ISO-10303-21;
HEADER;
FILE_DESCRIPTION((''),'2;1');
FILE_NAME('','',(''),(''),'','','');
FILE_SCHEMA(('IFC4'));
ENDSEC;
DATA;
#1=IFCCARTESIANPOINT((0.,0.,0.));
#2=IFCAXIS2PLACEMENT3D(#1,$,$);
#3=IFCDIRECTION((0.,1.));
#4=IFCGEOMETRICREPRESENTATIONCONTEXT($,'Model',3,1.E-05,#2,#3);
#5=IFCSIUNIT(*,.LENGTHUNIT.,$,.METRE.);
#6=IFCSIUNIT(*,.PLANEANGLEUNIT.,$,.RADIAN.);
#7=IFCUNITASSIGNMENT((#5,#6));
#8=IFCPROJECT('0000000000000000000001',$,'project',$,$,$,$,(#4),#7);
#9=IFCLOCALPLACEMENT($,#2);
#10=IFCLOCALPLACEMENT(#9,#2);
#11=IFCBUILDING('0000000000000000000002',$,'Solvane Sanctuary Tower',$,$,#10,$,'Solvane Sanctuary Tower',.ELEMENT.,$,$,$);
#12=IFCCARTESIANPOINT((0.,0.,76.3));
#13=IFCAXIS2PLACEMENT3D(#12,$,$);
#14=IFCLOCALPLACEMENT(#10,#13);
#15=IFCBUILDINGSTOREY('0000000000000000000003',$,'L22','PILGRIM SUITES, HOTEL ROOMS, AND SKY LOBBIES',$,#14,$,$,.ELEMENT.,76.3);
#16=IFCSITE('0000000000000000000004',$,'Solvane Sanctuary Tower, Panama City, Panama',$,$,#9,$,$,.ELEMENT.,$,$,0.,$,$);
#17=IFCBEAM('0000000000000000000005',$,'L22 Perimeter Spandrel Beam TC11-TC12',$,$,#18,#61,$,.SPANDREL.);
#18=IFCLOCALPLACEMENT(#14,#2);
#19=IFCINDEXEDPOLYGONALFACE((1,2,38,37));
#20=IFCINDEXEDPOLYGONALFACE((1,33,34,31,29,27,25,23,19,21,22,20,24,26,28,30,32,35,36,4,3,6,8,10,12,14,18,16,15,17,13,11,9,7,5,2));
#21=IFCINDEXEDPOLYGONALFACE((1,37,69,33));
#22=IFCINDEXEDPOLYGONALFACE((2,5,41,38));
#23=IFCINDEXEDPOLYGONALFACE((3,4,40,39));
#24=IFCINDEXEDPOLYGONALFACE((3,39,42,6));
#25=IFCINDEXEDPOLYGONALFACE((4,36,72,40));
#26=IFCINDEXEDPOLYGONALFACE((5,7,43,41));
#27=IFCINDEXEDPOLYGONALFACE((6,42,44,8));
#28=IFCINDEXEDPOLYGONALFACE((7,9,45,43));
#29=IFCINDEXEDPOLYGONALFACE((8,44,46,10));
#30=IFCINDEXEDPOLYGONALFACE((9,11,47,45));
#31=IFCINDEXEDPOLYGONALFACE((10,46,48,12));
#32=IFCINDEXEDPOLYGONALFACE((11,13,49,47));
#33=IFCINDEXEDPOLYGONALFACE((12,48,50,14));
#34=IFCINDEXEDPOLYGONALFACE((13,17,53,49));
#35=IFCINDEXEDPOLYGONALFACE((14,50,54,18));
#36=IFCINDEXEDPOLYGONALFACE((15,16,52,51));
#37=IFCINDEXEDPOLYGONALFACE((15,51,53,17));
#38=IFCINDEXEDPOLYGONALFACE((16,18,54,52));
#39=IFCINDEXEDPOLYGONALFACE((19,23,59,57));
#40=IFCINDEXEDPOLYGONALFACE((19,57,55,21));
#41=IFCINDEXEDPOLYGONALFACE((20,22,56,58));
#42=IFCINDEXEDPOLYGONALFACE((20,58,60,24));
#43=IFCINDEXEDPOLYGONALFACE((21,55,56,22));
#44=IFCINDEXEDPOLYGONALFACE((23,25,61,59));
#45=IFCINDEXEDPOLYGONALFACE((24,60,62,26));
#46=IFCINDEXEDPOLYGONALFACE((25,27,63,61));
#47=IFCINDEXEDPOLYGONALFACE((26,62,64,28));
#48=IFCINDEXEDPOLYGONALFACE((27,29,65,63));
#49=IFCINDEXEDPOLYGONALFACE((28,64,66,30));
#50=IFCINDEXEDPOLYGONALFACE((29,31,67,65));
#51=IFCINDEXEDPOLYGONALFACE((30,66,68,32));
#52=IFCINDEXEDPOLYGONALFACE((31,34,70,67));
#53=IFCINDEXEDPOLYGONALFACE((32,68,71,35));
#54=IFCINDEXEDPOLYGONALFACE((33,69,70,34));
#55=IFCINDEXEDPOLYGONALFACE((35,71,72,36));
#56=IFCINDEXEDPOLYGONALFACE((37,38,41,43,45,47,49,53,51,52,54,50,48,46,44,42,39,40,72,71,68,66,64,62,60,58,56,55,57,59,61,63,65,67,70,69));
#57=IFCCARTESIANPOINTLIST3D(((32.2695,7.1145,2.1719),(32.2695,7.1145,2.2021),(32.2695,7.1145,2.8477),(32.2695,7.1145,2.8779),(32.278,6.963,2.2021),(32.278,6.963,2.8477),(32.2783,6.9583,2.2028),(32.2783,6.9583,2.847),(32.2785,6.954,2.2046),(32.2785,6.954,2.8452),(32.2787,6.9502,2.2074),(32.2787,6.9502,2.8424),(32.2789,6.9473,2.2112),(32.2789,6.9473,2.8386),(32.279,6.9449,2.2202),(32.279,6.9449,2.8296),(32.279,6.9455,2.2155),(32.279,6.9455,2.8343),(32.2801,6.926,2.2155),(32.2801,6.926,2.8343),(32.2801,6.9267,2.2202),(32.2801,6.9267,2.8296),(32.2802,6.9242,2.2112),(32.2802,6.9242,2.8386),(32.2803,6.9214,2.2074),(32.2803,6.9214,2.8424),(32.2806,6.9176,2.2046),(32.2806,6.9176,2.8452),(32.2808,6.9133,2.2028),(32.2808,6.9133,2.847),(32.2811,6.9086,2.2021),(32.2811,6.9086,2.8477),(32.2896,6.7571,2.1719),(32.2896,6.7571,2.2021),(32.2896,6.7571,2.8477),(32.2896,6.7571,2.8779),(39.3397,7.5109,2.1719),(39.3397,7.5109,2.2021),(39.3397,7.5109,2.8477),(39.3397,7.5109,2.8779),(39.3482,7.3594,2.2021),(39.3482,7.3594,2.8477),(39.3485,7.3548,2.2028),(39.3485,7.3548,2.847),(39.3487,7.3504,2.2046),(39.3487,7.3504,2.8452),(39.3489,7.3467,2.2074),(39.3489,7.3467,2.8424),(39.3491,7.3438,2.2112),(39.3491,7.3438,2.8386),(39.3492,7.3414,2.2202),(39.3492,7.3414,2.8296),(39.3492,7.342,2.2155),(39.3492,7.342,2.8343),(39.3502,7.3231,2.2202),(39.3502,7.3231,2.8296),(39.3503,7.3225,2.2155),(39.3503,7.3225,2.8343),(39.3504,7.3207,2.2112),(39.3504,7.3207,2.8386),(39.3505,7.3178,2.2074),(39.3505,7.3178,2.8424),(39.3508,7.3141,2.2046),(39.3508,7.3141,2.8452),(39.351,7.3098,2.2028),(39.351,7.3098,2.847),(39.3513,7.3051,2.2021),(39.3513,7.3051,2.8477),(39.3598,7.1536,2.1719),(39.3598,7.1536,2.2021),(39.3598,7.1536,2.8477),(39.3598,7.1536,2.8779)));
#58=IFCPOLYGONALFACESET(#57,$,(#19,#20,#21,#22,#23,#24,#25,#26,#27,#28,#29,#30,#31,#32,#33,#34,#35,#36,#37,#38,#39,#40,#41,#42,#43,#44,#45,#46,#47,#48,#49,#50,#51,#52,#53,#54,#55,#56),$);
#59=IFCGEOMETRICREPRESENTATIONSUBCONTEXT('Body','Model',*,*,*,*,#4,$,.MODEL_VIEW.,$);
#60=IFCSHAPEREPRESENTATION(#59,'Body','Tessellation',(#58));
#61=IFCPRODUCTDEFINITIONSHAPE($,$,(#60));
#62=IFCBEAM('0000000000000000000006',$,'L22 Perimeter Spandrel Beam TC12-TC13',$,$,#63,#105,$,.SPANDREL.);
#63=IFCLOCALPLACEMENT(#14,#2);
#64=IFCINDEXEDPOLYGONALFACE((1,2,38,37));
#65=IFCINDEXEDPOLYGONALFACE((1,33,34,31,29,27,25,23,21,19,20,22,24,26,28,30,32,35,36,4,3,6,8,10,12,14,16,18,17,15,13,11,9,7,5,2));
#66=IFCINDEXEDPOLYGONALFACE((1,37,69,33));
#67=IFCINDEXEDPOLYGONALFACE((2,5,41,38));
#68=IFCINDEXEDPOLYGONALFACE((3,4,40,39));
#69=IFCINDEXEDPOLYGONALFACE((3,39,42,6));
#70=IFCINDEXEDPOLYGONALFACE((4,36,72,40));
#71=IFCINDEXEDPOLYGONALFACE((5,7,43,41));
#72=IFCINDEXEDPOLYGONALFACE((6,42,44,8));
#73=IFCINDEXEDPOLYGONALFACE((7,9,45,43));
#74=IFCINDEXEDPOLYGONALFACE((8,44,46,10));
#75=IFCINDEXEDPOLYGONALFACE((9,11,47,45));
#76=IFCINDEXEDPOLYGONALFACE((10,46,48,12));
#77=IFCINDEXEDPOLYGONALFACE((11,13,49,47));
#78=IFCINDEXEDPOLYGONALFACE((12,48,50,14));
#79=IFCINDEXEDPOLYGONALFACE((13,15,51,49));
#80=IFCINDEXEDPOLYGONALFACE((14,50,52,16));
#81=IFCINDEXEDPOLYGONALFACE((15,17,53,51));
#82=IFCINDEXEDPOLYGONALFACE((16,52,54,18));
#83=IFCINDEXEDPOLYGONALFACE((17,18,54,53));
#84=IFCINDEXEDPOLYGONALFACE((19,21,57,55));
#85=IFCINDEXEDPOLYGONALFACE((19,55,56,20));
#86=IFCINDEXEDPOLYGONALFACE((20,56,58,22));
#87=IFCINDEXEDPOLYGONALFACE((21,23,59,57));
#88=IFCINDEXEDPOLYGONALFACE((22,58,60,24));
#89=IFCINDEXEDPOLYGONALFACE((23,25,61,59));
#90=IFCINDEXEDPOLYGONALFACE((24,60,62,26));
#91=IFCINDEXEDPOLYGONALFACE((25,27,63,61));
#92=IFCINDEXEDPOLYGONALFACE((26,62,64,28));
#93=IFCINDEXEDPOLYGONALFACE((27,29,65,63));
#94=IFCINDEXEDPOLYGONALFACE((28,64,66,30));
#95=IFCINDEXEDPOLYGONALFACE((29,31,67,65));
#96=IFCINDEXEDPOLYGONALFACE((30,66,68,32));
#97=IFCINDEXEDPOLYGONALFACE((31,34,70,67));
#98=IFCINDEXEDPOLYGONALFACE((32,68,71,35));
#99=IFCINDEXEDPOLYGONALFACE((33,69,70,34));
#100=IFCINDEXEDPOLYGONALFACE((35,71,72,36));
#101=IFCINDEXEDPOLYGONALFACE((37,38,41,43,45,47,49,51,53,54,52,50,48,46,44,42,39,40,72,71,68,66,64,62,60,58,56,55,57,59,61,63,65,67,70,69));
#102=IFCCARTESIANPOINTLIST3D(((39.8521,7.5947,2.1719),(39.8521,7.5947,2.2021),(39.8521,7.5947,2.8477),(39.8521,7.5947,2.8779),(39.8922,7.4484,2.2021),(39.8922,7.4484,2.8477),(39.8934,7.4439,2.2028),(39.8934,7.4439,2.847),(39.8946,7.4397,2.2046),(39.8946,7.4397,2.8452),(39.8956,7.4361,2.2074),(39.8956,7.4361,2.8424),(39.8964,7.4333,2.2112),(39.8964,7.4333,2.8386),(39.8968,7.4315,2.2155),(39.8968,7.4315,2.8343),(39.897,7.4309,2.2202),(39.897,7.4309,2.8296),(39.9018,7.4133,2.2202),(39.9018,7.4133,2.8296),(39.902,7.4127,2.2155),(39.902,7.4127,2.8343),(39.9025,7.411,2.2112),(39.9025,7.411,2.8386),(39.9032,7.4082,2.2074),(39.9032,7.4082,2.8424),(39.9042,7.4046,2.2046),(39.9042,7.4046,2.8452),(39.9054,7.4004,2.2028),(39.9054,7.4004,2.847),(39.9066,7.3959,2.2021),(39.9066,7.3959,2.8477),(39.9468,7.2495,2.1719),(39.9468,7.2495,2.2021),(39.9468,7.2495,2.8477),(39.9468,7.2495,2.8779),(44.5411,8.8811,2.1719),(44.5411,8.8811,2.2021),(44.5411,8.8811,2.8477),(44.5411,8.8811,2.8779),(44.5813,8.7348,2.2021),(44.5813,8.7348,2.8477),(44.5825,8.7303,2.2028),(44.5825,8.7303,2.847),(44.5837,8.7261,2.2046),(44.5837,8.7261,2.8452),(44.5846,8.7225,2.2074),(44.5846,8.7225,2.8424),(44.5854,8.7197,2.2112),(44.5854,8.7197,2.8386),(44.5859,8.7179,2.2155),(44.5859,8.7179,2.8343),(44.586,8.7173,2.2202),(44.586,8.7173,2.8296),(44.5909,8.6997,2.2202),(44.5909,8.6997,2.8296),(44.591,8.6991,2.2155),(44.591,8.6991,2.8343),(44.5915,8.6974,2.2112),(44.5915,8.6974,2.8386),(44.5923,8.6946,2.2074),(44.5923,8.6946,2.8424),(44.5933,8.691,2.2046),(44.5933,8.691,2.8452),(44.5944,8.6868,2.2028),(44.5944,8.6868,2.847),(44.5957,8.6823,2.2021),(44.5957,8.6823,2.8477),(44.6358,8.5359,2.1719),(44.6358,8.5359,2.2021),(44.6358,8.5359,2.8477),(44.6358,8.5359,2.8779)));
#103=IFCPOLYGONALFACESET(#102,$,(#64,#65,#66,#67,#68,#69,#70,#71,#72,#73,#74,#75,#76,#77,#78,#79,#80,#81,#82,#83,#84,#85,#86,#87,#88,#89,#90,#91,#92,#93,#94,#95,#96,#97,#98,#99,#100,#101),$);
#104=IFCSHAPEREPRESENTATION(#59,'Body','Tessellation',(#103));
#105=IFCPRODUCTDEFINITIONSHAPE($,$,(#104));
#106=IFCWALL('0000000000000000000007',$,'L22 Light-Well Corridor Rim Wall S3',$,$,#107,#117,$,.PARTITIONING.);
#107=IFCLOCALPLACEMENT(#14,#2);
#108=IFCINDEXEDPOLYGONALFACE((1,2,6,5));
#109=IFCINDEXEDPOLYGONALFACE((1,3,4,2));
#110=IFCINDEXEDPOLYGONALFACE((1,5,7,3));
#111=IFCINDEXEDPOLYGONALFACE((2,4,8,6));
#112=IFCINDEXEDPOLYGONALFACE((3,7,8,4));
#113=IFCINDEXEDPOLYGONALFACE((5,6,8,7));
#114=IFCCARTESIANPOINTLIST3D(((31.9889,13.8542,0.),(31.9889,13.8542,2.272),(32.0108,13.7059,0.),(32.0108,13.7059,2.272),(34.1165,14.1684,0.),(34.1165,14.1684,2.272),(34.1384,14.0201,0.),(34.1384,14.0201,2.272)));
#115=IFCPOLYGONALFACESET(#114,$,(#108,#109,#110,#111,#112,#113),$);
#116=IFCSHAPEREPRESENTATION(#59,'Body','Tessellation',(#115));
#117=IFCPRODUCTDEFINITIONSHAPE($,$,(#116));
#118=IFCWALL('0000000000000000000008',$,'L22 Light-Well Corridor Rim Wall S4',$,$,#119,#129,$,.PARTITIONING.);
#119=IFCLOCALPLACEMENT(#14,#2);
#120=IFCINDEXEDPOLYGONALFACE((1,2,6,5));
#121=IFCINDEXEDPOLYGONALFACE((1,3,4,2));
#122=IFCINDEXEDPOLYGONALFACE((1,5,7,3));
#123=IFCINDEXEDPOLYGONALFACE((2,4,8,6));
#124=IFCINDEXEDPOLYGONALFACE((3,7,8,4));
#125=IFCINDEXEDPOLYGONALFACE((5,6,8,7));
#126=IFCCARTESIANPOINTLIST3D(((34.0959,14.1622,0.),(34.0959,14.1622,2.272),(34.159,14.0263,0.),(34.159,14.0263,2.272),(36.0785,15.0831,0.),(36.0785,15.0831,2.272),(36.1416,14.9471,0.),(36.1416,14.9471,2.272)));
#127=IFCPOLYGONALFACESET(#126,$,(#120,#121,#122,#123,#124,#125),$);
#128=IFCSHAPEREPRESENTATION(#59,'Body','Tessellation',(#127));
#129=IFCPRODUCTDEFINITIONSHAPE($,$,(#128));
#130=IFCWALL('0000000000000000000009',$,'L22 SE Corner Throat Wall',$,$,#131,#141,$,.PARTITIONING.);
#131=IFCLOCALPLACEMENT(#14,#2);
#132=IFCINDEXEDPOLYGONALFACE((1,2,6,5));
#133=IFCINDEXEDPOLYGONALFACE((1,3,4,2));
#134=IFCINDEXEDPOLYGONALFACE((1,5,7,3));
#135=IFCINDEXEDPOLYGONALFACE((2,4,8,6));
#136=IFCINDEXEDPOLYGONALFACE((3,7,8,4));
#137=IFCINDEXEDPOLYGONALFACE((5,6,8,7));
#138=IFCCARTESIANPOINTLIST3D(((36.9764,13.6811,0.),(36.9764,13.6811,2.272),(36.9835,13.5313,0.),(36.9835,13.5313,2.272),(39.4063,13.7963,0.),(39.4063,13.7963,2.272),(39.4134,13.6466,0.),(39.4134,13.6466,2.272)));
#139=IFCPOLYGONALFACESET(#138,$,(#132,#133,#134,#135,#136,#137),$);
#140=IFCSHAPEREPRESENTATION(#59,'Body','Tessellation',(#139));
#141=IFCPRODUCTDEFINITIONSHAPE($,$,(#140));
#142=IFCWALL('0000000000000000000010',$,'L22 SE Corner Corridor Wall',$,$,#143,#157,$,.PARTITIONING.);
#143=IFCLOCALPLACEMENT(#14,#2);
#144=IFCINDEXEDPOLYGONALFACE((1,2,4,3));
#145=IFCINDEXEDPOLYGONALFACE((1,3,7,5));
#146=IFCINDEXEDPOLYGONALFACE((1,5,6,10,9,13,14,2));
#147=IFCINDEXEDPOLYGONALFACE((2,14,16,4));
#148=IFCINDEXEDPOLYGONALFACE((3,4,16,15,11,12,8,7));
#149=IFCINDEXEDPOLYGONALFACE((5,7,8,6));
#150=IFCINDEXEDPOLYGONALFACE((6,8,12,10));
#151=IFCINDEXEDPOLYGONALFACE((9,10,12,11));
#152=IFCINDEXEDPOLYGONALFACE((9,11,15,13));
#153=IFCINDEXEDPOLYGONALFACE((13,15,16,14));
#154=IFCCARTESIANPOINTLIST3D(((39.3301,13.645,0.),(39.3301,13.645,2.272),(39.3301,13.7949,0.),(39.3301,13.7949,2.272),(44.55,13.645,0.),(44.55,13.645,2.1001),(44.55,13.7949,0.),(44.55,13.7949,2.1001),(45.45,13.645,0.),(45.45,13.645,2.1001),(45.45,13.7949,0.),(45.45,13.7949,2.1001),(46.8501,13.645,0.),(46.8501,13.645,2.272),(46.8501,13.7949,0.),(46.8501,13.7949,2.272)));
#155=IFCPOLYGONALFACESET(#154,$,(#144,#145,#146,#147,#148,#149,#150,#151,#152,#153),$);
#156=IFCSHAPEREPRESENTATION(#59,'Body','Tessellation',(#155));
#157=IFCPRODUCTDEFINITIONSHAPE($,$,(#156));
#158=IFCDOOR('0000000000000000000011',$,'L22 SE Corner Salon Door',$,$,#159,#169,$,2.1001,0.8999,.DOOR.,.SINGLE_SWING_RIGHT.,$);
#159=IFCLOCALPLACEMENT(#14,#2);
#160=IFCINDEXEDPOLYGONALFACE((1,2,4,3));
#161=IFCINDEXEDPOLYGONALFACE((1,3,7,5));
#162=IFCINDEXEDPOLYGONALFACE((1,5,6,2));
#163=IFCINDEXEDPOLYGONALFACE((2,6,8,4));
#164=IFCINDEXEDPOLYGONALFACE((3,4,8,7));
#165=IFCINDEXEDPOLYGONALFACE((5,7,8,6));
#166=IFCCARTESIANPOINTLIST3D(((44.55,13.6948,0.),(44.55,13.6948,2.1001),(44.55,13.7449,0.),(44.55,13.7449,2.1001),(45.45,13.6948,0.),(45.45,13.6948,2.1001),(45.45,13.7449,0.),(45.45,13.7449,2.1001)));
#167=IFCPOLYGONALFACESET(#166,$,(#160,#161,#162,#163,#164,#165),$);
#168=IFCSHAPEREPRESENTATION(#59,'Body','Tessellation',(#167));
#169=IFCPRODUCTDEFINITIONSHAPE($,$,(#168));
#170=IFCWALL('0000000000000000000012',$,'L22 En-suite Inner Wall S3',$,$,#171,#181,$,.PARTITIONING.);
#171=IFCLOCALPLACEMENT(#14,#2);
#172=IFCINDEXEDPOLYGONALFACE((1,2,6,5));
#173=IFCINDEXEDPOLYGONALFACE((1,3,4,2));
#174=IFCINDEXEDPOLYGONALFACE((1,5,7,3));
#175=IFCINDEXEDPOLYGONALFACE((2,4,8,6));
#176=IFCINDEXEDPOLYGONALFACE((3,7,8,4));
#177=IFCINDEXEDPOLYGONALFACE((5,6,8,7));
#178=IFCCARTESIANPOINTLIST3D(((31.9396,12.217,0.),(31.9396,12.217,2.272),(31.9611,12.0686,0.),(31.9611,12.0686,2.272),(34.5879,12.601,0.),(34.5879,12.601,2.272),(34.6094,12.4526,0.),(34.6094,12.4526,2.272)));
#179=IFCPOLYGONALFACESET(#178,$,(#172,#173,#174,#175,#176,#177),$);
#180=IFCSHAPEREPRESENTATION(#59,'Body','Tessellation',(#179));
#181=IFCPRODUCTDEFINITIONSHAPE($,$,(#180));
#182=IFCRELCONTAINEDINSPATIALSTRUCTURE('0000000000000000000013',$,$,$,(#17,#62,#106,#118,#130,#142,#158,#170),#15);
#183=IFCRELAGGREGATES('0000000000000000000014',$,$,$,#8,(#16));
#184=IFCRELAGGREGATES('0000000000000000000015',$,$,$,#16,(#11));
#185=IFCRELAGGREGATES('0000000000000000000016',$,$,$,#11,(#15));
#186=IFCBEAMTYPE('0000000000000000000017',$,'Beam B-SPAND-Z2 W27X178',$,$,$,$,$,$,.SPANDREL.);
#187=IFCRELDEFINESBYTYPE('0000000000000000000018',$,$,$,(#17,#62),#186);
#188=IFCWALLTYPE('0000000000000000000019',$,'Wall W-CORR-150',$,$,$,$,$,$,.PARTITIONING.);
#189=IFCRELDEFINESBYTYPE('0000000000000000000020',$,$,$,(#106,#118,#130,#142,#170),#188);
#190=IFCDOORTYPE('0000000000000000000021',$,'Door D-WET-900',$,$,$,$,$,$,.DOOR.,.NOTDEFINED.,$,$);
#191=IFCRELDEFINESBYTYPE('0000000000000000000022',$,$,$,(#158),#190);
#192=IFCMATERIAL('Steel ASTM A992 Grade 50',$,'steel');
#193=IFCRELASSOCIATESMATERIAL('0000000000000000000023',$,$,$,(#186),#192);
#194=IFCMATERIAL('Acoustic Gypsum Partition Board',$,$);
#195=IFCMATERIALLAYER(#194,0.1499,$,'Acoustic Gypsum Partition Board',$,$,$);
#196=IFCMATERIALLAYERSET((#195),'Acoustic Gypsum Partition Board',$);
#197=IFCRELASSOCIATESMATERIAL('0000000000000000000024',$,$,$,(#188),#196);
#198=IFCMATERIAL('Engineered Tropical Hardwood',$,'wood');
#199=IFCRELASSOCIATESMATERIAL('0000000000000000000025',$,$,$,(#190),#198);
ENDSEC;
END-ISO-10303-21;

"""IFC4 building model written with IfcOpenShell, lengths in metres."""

from ifc_helpers import new_model, si_unit, direction, frame, frame_2d, origin, origin_2d, place, context, subcontext, project, spatial, rectangle, i_section, extrude, material, layer, layer_set, material_profile, profile_set, type_object, element, fill, save


model = new_model("IFC4")

# Units and contexts
model_context = context("Model", 3, precision=1e-05, world=origin(), true_north=direction((0.0, 1.0)))
body_context = subcontext(model_context, "Body", "Model", "MODEL_VIEW")
ifc_project = project(units=[si_unit("LENGTHUNIT", "METRE"), si_unit("PLANEANGLEUNIT", "RADIAN")], contexts=[model_context])

# Site, building, storey
site_placement = place(None, origin())
site = spatial("IfcSite", under=ifc_project, at=site_placement, Name="Solvane Sanctuary Tower, Panama City, Panama", CompositionType="ELEMENT", RefElevation=0.0)
building_placement = place(site_placement, origin())
building = spatial("IfcBuilding", under=site, at=building_placement, Name="Solvane Sanctuary Tower", LongName="Solvane Sanctuary Tower", CompositionType="ELEMENT")
storey_placement = place(building_placement, frame((0.0, 0.0, 76.3)))
storey = spatial("IfcBuildingStorey", under=building, at=storey_placement, Name="L22", Description="PILGRIM SUITES, HOTEL ROOMS, AND SKY LOBBIES", CompositionType="ELEMENT", Elevation=76.3)

# Beams
ifc_material_1 = material(Name="Steel ASTM A992 Grade 50", Category="steel")
ifc_material_profile_1 = material_profile(ifc_material_1, i_section(OverallWidth=0.3579, OverallDepth=0.7061, WebThickness=0.0183, FlangeThickness=0.0303, FilletRadius=0.0181, at=origin_2d()), Name="W27X178")
ifc_profile_set_1 = profile_set([ifc_material_profile_1], Name="Steel ASTM A992 Grade 50")
beam_type_1 = type_object("IfcBeamType", Name="Beam B-SPAND-Z2 W27X178", PredefinedType="SPANDREL", material=ifc_profile_set_1)
beam_1_placement = place(storey_placement, frame((32.2795, 6.9358, 2.5249), z_axis=(0.998431, 0.055989, 0.0), x_axis=(-0.055989, 0.998431, 0.0)))
element("IfcBeam", 1, at=beam_1_placement, inside=storey, type_object=beam_type_1, Name="L22 Perimeter Spandrel Beam TC11-TC12", PredefinedType="SPANDREL", context=body_context, shape_type="SweptSolid", body=[
    extrude(i_section(OverallWidth=0.3579, OverallDepth=0.7061, WebThickness=0.0183, FlangeThickness=0.0303, FilletRadius=0.0181, at=origin_2d()), origin(), (0.0, 0.0, 1.0), 7.0813),
])
beam_2_placement = place(storey_placement, frame((39.8994, 7.4221, 2.5249), z_axis=(0.964368, 0.264566, 0.0), x_axis=(-0.264566, 0.964368, 0.0)))
element("IfcBeam", 2, at=beam_2_placement, inside=storey, type_object=beam_type_1, Name="L22 Perimeter Spandrel Beam TC12-TC13", PredefinedType="SPANDREL", context=body_context, shape_type="SweptSolid", body=[
    extrude(i_section(OverallWidth=0.3579, OverallDepth=0.7061, WebThickness=0.0183, FlangeThickness=0.0303, FilletRadius=0.0181, at=origin_2d()), origin(), (0.0, 0.0, 1.0), 4.8623),
])

# Walls
ifc_material_2 = material(Name="Acoustic Gypsum Partition Board")
ifc_layer_1 = layer(ifc_material_2, 0.1499, Name="Acoustic Gypsum Partition Board")
ifc_layer_set_1 = layer_set([ifc_layer_1], Name="Acoustic Gypsum Partition Board")
wall_type_1 = type_object("IfcWallType", Name="Wall W-CORR-150", PredefinedType="PARTITIONING", material=ifc_layer_set_1)
wall_1_placement = place(storey_placement, frame((32.0, 13.78, 0.0), z_axis=(0.0, 0.0, 1.0), x_axis=(0.989269, 0.146108, 0.0)))
element("IfcWall", 3, at=wall_1_placement, inside=storey, type_object=wall_type_1, Name="L22 Light-Well Corridor Rim Wall S3", PredefinedType="PARTITIONING", context=body_context, shape_type="SweptSolid", body=[
    extrude(rectangle(XDim=2.1506, YDim=0.1499, at=frame_2d((1.0752, 0.0))), origin(), (0.0, 0.0, 1.0), 2.272),
])
wall_2_placement = place(storey_placement, frame((34.1274, 14.0942, 0.0), z_axis=(0.0, 0.0, 1.0), x_axis=(0.906943, 0.421252, 0.0)))
element("IfcWall", 4, at=wall_2_placement, inside=storey, type_object=wall_type_1, Name="L22 Light-Well Corridor Rim Wall S4", PredefinedType="PARTITIONING", context=body_context, shape_type="SweptSolid", body=[
    extrude(rectangle(XDim=2.186, YDim=0.1499, at=frame_2d((1.093, 0.0))), origin(), (0.0, 0.0, 1.0), 2.272),
])
wall_3_placement = place(storey_placement, frame((36.98, 13.6062, 0.0), z_axis=(0.0, 0.0, 1.0), x_axis=(0.998877, 0.04737, 0.0)))
element("IfcWall", 5, at=wall_3_placement, inside=storey, type_object=wall_type_1, Name="L22 SE Corner Throat Wall", PredefinedType="PARTITIONING", context=body_context, shape_type="SweptSolid", body=[
    extrude(rectangle(XDim=2.4326, YDim=0.1499, at=frame_2d((1.2163, 0.0))), origin(), (0.0, 0.0, 1.0), 2.272),
])

# Wall, opening, door
wall_4_placement = place(storey_placement, frame((39.3301, 13.72, 0.0), z_axis=(0.0, 0.0, 1.0), x_axis=(1.0, 0.0, 0.0)))
wall_4 = element("IfcWall", 6, at=wall_4_placement, inside=storey, type_object=wall_type_1, Name="L22 SE Corner Corridor Wall", PredefinedType="PARTITIONING", context=body_context, shape_type="SweptSolid", body=[
    extrude(rectangle(XDim=7.52, YDim=0.1499, at=frame_2d((3.76, 0.0))), origin(), (0.0, 0.0, 1.0), 2.272),
])
opening_1_placement = place(wall_4_placement, frame((5.22, 0.0, 0.0)))
opening_1 = element("IfcOpeningElement", 7, at=opening_1_placement, cuts=wall_4, PredefinedType="OPENING", context=body_context, shape_type="SweptSolid", body=[
    extrude(rectangle(XDim=0.8999, YDim=2.1001, at=frame_2d((0.45, 1.05))), frame((0.0, 0.085, 0.0), z_axis=(0.0, -1.0, 0.0), x_axis=(1.0, 0.0, 0.0)), (0.0, 0.0, 1.0), 0.1699),
])
ifc_material_3 = material(Name="Engineered Tropical Hardwood", Category="wood")
door_type_1 = type_object("IfcDoorType", Name="Door D-WET-900", OperationType="NOTDEFINED", PredefinedType="DOOR", material=ifc_material_3)
door_1_placement = place(opening_1_placement, origin())
door_1 = element("IfcDoor", 8, at=door_1_placement, inside=storey, type_object=door_type_1, Name="L22 SE Corner Salon Door", OperationType="SINGLE_SWING_RIGHT", OverallHeight=2.1001, OverallWidth=0.8999, PredefinedType="DOOR", context=body_context, shape_type="SweptSolid", body=[
    extrude(rectangle(XDim=0.8999, YDim=2.1001, at=frame_2d((0.45, 1.05))), frame((0.0, 0.0249, 0.0), z_axis=(0.0, -1.0, 0.0), x_axis=(1.0, 0.0, 0.0)), (0.0, 0.0, 1.0), 0.05),
])
fill(opening_1, door_1)

# Wall
wall_5_placement = place(storey_placement, frame((31.9504, 12.1428, 0.0), z_axis=(0.0, 0.0, 1.0), x_axis=(0.98965, 0.143503, 0.0)))
element("IfcWall", 9, at=wall_5_placement, inside=storey, type_object=wall_type_1, Name="L22 En-suite Inner Wall S3", PredefinedType="PARTITIONING", context=body_context, shape_type="SweptSolid", body=[
    extrude(rectangle(XDim=2.676, YDim=0.1499, at=frame_2d((1.3379, 0.0))), origin(), (0.0, 0.0, 1.0), 2.272),
])

save(model, "model.ifc")
